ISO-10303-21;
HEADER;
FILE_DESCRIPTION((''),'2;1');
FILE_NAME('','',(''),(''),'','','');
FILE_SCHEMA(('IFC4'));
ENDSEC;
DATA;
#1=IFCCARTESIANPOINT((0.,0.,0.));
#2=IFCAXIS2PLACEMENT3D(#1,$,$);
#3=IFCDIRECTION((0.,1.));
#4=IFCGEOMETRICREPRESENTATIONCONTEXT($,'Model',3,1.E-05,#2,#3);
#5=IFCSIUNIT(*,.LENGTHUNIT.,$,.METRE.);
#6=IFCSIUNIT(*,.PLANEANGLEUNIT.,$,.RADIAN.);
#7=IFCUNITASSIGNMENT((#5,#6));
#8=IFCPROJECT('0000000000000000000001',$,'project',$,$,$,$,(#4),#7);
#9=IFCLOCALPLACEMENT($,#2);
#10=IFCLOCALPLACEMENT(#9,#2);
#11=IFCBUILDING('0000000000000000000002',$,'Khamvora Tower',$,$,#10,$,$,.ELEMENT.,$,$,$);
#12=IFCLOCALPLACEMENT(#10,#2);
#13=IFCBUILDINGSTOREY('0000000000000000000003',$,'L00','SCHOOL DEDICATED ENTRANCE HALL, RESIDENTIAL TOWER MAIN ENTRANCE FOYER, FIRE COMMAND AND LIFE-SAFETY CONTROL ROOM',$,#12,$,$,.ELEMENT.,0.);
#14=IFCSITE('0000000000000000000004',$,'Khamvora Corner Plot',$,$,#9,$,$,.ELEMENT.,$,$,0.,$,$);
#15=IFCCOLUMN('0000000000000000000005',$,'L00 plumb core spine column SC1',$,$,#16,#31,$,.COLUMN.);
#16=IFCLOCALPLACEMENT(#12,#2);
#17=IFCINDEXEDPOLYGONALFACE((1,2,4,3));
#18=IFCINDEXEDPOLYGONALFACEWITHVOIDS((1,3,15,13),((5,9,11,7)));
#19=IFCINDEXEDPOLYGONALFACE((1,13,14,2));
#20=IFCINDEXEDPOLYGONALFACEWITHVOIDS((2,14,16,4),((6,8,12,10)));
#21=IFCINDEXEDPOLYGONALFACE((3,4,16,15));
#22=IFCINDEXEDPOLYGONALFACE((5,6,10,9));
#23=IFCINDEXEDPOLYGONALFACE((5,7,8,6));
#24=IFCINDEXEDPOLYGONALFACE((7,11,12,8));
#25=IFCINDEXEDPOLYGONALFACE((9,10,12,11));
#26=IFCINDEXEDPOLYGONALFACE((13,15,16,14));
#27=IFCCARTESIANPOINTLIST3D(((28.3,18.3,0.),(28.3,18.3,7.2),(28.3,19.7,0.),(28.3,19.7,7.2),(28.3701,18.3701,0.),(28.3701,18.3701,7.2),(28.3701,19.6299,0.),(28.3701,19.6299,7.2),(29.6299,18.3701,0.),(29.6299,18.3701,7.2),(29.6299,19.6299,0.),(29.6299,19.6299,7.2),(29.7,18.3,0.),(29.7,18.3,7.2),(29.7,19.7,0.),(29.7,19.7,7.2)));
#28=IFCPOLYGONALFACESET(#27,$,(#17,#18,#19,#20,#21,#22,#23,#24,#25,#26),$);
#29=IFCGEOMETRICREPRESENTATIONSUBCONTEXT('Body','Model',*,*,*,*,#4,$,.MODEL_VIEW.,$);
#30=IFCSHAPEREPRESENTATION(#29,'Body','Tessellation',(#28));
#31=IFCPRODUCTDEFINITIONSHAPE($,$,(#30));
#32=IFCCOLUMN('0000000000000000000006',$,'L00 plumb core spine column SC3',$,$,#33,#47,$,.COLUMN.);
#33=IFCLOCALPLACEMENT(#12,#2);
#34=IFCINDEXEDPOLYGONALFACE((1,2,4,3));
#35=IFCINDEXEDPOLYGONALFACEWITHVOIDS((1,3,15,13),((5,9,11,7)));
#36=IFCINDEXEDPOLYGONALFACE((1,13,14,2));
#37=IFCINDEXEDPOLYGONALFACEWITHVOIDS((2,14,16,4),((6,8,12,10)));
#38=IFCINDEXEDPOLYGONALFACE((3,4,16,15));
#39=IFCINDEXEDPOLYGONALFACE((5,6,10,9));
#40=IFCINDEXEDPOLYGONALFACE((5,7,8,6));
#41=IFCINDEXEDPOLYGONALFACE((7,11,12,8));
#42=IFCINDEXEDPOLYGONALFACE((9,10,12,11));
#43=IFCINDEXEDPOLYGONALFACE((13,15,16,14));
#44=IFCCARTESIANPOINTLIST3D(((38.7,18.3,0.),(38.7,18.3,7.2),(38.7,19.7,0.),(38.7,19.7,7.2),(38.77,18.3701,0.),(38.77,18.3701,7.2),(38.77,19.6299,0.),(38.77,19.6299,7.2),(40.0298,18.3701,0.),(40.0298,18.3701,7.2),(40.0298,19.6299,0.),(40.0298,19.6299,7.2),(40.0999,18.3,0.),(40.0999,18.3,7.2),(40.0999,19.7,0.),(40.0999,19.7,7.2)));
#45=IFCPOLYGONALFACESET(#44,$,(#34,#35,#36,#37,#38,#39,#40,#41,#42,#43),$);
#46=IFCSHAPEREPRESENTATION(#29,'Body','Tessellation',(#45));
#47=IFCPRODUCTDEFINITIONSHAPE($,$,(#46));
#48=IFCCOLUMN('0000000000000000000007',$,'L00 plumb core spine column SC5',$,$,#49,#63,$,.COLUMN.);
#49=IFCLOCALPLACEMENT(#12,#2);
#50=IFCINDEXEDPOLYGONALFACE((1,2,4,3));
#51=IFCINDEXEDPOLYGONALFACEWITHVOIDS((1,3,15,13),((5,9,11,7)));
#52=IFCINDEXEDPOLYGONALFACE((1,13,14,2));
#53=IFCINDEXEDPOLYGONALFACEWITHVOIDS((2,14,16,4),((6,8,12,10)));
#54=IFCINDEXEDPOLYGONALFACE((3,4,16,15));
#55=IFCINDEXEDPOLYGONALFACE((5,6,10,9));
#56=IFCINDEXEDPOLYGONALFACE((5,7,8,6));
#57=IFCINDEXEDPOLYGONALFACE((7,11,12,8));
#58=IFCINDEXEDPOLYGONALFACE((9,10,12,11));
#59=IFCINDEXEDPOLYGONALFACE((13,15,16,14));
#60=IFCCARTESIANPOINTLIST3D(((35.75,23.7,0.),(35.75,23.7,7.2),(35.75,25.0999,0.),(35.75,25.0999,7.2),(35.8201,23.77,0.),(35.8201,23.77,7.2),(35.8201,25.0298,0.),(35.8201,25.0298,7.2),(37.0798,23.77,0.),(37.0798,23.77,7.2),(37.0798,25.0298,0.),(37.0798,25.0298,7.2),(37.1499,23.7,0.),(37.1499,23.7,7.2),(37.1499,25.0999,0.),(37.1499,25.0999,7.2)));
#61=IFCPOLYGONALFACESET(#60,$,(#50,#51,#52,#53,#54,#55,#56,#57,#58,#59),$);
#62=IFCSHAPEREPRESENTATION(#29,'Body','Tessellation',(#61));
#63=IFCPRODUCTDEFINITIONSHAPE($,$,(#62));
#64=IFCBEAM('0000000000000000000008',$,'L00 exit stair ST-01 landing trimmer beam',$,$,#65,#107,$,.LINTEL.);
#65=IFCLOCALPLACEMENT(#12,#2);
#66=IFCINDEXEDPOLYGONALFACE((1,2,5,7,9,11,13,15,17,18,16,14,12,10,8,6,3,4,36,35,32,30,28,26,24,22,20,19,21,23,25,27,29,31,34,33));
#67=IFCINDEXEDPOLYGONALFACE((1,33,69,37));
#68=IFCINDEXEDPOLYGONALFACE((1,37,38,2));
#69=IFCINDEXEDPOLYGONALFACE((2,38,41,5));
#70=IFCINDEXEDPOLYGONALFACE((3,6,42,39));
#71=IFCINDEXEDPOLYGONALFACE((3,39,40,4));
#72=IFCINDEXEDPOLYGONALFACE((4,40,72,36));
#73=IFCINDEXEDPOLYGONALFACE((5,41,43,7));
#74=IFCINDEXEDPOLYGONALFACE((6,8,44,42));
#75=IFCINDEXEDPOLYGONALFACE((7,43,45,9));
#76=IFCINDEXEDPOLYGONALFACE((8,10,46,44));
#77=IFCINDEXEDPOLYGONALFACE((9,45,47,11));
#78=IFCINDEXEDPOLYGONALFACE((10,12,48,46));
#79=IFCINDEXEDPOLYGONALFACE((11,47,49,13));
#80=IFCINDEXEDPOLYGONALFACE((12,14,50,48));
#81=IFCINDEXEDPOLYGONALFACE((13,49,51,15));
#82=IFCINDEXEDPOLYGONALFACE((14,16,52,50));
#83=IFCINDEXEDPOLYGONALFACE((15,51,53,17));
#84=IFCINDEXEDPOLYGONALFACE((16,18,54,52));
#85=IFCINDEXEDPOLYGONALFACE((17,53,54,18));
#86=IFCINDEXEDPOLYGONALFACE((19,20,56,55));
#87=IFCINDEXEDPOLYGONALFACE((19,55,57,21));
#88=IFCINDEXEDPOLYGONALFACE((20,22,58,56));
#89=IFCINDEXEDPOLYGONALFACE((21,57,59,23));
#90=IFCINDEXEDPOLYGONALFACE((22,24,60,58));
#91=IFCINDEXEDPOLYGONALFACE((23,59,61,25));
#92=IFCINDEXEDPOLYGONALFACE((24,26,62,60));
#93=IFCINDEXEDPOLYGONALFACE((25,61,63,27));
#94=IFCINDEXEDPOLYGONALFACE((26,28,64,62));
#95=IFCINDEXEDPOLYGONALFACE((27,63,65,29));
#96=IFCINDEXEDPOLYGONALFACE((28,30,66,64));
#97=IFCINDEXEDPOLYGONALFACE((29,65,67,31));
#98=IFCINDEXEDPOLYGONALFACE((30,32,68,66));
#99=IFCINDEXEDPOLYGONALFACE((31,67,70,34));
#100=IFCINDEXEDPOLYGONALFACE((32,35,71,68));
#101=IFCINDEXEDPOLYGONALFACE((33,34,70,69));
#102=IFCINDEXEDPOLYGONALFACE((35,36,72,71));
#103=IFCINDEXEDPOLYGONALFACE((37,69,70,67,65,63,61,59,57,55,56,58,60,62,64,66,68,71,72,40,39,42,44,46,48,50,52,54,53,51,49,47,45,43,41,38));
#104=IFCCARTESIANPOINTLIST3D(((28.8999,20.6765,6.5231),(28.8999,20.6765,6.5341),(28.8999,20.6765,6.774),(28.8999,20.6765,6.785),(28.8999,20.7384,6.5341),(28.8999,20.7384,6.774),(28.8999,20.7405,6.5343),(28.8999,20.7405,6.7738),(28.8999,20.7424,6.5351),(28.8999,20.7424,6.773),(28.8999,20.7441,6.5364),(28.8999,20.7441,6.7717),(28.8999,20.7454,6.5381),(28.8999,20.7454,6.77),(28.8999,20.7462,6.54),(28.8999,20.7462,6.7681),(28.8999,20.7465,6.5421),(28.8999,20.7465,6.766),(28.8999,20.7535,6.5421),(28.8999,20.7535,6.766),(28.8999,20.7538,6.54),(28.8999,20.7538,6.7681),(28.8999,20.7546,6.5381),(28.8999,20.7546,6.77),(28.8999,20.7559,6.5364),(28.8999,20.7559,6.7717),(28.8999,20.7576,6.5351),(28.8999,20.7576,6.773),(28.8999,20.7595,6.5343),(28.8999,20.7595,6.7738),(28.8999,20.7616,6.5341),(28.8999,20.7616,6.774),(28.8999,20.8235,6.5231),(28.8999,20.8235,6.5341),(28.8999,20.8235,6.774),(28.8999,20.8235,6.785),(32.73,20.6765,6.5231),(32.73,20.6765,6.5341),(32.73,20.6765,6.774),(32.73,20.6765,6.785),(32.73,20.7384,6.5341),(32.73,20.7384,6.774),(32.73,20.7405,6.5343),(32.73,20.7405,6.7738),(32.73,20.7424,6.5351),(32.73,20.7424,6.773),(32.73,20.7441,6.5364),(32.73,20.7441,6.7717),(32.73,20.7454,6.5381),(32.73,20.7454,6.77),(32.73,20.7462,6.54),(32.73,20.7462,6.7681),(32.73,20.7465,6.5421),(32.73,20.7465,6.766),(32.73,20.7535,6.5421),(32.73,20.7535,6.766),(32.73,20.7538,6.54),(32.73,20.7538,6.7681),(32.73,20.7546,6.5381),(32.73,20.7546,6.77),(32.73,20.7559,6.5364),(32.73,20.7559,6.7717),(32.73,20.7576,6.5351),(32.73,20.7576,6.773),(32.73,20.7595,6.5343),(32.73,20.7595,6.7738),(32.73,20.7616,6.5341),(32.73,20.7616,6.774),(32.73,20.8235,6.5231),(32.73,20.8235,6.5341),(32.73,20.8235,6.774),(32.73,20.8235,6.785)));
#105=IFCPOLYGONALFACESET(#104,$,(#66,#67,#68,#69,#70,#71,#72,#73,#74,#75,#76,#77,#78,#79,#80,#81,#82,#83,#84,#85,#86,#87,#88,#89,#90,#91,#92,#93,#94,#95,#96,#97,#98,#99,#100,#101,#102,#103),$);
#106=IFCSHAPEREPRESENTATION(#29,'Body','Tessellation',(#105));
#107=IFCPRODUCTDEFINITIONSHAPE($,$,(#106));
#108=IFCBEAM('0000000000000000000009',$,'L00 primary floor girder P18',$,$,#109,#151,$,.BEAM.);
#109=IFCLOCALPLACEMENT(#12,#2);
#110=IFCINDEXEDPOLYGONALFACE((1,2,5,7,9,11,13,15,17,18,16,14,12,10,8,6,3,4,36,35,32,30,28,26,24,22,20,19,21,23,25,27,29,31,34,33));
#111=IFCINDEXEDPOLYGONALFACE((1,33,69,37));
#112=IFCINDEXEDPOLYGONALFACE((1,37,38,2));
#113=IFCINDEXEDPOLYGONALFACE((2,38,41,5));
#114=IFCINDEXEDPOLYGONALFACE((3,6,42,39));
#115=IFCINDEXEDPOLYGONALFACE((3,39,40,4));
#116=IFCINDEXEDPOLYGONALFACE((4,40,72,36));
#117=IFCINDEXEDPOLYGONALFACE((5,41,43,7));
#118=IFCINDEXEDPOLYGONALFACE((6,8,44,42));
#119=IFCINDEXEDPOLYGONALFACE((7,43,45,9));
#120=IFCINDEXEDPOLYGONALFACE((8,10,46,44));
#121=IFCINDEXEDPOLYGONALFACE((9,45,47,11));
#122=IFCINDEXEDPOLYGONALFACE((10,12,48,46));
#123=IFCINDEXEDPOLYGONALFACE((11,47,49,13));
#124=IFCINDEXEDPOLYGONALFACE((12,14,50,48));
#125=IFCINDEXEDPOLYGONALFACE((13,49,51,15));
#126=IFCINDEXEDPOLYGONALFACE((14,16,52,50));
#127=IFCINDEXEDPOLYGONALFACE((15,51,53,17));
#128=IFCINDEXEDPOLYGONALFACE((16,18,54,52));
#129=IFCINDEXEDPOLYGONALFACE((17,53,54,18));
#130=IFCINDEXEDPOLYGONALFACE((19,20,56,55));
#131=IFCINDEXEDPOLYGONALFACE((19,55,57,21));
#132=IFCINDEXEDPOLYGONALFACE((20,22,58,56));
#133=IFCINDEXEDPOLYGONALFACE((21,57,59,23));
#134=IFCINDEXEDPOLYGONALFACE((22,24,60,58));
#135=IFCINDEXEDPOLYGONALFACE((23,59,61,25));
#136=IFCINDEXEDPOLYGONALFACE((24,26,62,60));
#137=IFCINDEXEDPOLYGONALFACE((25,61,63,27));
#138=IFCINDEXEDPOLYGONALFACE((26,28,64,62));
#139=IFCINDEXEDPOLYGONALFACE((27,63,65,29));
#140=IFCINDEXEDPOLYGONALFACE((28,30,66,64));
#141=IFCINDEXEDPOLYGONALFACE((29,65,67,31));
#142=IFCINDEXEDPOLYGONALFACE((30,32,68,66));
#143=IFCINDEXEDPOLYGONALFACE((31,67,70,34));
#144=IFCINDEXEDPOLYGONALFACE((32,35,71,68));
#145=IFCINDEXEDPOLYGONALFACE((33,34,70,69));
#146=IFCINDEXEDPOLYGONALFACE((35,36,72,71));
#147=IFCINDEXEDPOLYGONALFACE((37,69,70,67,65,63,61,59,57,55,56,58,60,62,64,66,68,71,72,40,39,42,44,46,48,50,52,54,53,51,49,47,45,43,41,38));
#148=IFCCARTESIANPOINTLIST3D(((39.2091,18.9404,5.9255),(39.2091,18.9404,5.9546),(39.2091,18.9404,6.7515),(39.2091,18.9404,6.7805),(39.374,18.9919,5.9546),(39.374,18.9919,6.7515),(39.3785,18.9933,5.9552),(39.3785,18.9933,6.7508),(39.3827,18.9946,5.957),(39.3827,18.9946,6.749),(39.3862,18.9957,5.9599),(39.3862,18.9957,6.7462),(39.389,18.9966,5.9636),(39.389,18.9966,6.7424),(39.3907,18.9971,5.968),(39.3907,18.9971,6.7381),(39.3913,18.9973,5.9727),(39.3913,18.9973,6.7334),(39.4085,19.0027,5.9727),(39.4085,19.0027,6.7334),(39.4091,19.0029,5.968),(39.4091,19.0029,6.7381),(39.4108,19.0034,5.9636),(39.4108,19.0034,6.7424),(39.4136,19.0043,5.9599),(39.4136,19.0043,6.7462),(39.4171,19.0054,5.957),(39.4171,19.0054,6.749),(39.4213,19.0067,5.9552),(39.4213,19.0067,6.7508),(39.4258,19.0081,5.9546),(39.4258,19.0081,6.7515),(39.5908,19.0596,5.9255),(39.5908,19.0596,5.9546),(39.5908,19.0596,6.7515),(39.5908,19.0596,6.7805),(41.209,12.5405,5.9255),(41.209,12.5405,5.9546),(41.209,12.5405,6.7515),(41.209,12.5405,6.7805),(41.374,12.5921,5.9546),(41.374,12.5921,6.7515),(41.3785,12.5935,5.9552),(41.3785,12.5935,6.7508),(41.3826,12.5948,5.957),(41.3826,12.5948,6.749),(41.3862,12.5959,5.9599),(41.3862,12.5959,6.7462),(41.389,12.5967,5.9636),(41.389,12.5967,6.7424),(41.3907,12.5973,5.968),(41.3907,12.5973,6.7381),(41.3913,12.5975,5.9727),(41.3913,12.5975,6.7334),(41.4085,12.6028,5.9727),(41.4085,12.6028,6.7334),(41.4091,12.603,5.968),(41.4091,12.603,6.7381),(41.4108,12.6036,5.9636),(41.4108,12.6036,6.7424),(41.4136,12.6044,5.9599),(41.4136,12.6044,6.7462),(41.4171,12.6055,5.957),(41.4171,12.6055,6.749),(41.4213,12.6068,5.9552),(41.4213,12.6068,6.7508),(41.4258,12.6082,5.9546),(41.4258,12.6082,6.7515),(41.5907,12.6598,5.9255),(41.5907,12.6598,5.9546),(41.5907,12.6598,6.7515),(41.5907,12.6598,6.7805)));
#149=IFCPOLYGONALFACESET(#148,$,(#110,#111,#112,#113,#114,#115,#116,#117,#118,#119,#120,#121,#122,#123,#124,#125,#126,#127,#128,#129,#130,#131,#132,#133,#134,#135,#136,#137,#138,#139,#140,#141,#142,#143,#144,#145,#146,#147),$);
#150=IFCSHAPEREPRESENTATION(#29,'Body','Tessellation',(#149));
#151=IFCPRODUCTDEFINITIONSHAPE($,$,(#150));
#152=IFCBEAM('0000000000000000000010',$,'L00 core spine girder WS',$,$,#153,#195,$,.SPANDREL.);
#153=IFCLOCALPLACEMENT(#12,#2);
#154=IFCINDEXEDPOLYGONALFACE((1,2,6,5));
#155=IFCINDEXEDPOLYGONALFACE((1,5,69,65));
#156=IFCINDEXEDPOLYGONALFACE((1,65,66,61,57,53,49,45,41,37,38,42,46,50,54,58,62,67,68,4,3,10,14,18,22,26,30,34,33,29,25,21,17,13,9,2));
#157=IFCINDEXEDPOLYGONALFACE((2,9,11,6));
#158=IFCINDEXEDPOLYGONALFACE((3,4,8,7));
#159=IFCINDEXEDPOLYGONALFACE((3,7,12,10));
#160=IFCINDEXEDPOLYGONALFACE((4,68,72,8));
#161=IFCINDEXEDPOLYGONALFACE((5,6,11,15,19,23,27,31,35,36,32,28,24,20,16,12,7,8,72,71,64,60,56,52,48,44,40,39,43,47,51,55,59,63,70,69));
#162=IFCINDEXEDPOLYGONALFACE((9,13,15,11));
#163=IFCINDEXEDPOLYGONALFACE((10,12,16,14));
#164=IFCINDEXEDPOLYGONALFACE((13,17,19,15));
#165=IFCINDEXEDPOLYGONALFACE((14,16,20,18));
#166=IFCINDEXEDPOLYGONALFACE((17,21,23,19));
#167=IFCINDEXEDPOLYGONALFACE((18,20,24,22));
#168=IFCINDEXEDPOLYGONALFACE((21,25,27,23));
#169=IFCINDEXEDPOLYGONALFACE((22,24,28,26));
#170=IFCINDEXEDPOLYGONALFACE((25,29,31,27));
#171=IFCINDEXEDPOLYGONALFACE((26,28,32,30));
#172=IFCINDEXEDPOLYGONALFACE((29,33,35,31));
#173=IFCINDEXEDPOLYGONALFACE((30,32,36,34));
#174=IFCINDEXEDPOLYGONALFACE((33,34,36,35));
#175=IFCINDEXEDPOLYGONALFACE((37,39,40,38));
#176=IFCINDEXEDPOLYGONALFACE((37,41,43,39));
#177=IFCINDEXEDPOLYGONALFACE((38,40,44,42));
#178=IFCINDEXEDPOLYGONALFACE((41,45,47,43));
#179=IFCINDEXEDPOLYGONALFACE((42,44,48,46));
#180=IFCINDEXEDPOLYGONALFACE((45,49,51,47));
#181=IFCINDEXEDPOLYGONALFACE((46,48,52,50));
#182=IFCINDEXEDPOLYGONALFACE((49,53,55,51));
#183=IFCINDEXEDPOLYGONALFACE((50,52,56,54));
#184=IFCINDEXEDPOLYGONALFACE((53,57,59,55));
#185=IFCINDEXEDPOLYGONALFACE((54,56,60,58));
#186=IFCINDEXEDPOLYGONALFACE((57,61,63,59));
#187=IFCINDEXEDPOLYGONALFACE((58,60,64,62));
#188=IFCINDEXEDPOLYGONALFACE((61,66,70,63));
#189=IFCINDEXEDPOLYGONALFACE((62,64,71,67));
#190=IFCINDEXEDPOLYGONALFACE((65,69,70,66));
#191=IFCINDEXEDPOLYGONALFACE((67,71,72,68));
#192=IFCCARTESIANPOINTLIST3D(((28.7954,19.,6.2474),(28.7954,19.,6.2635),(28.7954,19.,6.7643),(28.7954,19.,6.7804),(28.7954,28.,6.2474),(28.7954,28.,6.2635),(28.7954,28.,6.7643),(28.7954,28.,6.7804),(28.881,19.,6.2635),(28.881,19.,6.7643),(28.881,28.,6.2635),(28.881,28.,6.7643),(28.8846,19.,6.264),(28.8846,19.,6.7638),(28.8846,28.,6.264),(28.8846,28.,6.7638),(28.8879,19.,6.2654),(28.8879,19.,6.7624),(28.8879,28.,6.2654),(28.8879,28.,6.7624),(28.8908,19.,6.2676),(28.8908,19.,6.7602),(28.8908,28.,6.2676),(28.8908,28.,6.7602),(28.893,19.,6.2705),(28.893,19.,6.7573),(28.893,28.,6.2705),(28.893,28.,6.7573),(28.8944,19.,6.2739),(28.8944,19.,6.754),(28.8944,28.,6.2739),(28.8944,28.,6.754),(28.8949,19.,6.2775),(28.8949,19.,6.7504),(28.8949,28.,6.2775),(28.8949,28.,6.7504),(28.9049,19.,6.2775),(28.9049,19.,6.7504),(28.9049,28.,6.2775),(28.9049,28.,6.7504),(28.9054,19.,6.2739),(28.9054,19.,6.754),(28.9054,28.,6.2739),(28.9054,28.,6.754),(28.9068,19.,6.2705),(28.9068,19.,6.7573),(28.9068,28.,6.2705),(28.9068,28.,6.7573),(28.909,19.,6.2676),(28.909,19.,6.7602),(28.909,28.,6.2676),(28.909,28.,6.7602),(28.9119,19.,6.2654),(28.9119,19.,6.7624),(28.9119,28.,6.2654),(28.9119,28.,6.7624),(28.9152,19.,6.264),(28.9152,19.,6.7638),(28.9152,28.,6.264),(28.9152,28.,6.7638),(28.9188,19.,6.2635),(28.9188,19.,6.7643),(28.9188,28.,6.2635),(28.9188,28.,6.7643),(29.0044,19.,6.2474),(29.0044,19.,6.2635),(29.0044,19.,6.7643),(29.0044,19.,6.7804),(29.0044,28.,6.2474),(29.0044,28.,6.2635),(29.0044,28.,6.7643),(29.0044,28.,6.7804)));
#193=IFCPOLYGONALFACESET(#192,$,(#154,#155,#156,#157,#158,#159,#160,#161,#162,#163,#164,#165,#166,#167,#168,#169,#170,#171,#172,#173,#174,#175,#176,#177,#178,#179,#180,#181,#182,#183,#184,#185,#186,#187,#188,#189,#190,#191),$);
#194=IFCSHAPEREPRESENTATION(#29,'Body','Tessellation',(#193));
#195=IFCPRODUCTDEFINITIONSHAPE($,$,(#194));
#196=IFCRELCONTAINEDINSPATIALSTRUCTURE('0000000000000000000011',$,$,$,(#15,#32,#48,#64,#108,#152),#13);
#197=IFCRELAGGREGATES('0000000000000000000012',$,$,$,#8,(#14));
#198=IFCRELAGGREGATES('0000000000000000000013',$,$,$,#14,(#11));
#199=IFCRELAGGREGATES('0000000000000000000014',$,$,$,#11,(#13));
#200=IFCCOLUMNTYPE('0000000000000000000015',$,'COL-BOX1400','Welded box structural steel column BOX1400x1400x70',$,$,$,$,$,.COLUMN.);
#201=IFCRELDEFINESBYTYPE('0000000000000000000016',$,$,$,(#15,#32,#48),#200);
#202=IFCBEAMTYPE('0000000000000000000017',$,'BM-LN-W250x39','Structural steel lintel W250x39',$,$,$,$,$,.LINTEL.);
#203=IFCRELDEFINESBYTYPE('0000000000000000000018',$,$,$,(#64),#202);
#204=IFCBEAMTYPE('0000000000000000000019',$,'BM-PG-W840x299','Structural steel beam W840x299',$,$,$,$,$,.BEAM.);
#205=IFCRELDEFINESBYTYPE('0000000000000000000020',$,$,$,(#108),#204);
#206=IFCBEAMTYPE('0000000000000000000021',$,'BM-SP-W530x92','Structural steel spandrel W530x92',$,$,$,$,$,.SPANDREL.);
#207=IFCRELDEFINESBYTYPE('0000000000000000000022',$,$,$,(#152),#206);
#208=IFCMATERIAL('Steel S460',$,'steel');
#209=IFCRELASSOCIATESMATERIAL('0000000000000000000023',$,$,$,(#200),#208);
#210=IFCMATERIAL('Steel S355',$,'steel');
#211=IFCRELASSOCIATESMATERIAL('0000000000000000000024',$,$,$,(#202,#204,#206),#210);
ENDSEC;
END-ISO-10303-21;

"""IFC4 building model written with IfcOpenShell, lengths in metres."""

from ifc_helpers import new_model, si_unit, direction, frame, origin, origin_2d, place, context, subcontext, project, spatial, hollow_rectangle, i_section, extrude, material, material_profile, profile_set, type_object, element, save


model = new_model("IFC4")

# Units and contexts
model_context = context("Model", 3, precision=1e-05, world=origin(), true_north=direction((0.0, 1.0)))
body_context = subcontext(model_context, "Body", "Model", "MODEL_VIEW")
ifc_project = project(units=[si_unit("LENGTHUNIT", "METRE"), si_unit("PLANEANGLEUNIT", "RADIAN")], contexts=[model_context])

# Site, building, storey
site_placement = place(None, origin())
site = spatial("IfcSite", under=ifc_project, at=site_placement, Name="Khamvora Corner Plot", CompositionType="ELEMENT", RefElevation=0.0)
building_placement = place(site_placement, origin())
building = spatial("IfcBuilding", under=site, at=building_placement, Name="Khamvora Tower", CompositionType="ELEMENT")
storey_placement = place(building_placement, origin())
storey = spatial("IfcBuildingStorey", under=building, at=storey_placement, Name="L00", Description="SCHOOL DEDICATED ENTRANCE HALL, RESIDENTIAL TOWER MAIN ENTRANCE FOYER, FIRE COMMAND AND LIFE-SAFETY CONTROL ROOM", CompositionType="ELEMENT", Elevation=0.0)

# Columns
ifc_material_1 = material(Name="Steel S460", Category="steel")
ifc_material_profile_1 = material_profile(ifc_material_1, hollow_rectangle(XDim=1.3999, YDim=1.3999, WallThickness=0.0701, at=origin_2d()), Name="BOX1400x1400x70")
ifc_profile_set_1 = profile_set([ifc_material_profile_1], Name="Steel S460")
column_type = type_object("IfcColumnType", Name="COL-BOX1400", Description="Welded box structural steel column BOX1400x1400x70", PredefinedType="COLUMN", material=ifc_profile_set_1)
for number, where, z_axis, x_axis, name in (
    (1, (29.0, 19.0, 0.0), (0.0, 0.0, 1.0), (1.0, 0.0, 0.0), "L00 plumb core spine column SC1"),
    (2, (39.3999, 19.0, 0.0), (0.0, 0.0, 1.0), (1.0, 0.0, 0.0), "L00 plumb core spine column SC3"),
    (3, (36.45, 24.3999, 0.0), (0.0, 0.0, 1.0), (1.0, 0.0, 0.0), "L00 plumb core spine column SC5"),
):
    element("IfcColumn", number, at=place(storey_placement, frame(where, z_axis=z_axis, x_axis=x_axis)), inside=storey, type_object=column_type, Name=name, PredefinedType="COLUMN", context=body_context, shape_type="SweptSolid", body=[
        extrude(hollow_rectangle(XDim=1.3999, YDim=1.3999, WallThickness=0.0701, at=origin_2d()), origin(), (0.0, 0.0, 1.0), 7.2),
    ])

# Beams
ifc_material_2 = material(Name="Steel S355", Category="steel")
ifc_material_profile_2 = material_profile(ifc_material_2, i_section(OverallWidth=0.147, OverallDepth=0.262, WebThickness=0.0071, FlangeThickness=0.011, FilletRadius=0.0081, at=origin_2d()), Name="W250x39")
ifc_profile_set_2 = profile_set([ifc_material_profile_2], Name="Steel S355")
beam_type_1 = type_object("IfcBeamType", Name="BM-LN-W250x39", Description="Structural steel lintel W250x39", PredefinedType="LINTEL", material=ifc_profile_set_2)
beam_1_placement = place(storey_placement, frame((28.8999, 20.75, 6.6541), z_axis=(1.0, 0.0, 0.0), x_axis=(0.0, 1.0, 0.0)))
element("IfcBeam", 4, at=beam_1_placement, inside=storey, type_object=beam_type_1, Name="L00 exit stair ST-01 landing trimmer beam", PredefinedType="LINTEL", context=body_context, shape_type="SweptSolid", body=[
    extrude(i_section(OverallWidth=0.147, OverallDepth=0.262, WebThickness=0.0071, FlangeThickness=0.011, FilletRadius=0.0081, at=origin_2d()), origin(), (0.0, 0.0, 1.0), 3.8301),
])
ifc_material_profile_3 = material_profile(ifc_material_2, i_section(OverallWidth=0.3999, OverallDepth=0.855, WebThickness=0.0181, FlangeThickness=0.0291, FilletRadius=0.0181, at=origin_2d()), Name="W840x299")
ifc_profile_set_3 = profile_set([ifc_material_profile_3], Name="Steel S355")
beam_type_2 = type_object("IfcBeamType", Name="BM-PG-W840x299", Description="Structural steel beam W840x299", PredefinedType="BEAM", material=ifc_profile_set_3)
beam_2_placement = place(storey_placement, frame((39.3999, 19.0, 6.353), z_axis=(0.298279, -0.954479, 0.0), x_axis=(0.954479, 0.298279, 0.0)))
element("IfcBeam", 5, at=beam_2_placement, inside=storey, type_object=beam_type_2, Name="L00 primary floor girder P18", PredefinedType="BEAM", context=body_context, shape_type="SweptSolid", body=[
    extrude(i_section(OverallWidth=0.3999, OverallDepth=0.855, WebThickness=0.0181, FlangeThickness=0.0291, FilletRadius=0.0181, at=origin_2d()), origin(), (0.0, 0.0, 1.0), 6.7051),
])
ifc_material_profile_4 = material_profile(ifc_material_2, i_section(OverallWidth=0.209, OverallDepth=0.533, WebThickness=0.01, FlangeThickness=0.0161, FilletRadius=0.0139, at=origin_2d()), Name="W530x92")
ifc_profile_set_4 = profile_set([ifc_material_profile_4], Name="Steel S355")
beam_type_3 = type_object("IfcBeamType", Name="BM-SP-W530x92", Description="Structural steel spandrel W530x92", PredefinedType="SPANDREL", material=ifc_profile_set_4)
for number, where, z_axis, x_axis, name in (
    (6, (28.8999, 19.0, 6.5139), (0.0, 1.0, 0.0), (-1.0, 0.0, 0.0), "L00 core spine girder WS"),
):
    element("IfcBeam", number, at=place(storey_placement, frame(where, z_axis=z_axis, x_axis=x_axis)), inside=storey, type_object=beam_type_3, Name=name, PredefinedType="SPANDREL", context=body_context, shape_type="SweptSolid", body=[
        extrude(i_section(OverallWidth=0.209, OverallDepth=0.533, WebThickness=0.01, FlangeThickness=0.0161, FilletRadius=0.0139, at=origin_2d()), origin(), (0.0, 0.0, 1.0), 9.0),
    ])

save(model, "model.ifc")
